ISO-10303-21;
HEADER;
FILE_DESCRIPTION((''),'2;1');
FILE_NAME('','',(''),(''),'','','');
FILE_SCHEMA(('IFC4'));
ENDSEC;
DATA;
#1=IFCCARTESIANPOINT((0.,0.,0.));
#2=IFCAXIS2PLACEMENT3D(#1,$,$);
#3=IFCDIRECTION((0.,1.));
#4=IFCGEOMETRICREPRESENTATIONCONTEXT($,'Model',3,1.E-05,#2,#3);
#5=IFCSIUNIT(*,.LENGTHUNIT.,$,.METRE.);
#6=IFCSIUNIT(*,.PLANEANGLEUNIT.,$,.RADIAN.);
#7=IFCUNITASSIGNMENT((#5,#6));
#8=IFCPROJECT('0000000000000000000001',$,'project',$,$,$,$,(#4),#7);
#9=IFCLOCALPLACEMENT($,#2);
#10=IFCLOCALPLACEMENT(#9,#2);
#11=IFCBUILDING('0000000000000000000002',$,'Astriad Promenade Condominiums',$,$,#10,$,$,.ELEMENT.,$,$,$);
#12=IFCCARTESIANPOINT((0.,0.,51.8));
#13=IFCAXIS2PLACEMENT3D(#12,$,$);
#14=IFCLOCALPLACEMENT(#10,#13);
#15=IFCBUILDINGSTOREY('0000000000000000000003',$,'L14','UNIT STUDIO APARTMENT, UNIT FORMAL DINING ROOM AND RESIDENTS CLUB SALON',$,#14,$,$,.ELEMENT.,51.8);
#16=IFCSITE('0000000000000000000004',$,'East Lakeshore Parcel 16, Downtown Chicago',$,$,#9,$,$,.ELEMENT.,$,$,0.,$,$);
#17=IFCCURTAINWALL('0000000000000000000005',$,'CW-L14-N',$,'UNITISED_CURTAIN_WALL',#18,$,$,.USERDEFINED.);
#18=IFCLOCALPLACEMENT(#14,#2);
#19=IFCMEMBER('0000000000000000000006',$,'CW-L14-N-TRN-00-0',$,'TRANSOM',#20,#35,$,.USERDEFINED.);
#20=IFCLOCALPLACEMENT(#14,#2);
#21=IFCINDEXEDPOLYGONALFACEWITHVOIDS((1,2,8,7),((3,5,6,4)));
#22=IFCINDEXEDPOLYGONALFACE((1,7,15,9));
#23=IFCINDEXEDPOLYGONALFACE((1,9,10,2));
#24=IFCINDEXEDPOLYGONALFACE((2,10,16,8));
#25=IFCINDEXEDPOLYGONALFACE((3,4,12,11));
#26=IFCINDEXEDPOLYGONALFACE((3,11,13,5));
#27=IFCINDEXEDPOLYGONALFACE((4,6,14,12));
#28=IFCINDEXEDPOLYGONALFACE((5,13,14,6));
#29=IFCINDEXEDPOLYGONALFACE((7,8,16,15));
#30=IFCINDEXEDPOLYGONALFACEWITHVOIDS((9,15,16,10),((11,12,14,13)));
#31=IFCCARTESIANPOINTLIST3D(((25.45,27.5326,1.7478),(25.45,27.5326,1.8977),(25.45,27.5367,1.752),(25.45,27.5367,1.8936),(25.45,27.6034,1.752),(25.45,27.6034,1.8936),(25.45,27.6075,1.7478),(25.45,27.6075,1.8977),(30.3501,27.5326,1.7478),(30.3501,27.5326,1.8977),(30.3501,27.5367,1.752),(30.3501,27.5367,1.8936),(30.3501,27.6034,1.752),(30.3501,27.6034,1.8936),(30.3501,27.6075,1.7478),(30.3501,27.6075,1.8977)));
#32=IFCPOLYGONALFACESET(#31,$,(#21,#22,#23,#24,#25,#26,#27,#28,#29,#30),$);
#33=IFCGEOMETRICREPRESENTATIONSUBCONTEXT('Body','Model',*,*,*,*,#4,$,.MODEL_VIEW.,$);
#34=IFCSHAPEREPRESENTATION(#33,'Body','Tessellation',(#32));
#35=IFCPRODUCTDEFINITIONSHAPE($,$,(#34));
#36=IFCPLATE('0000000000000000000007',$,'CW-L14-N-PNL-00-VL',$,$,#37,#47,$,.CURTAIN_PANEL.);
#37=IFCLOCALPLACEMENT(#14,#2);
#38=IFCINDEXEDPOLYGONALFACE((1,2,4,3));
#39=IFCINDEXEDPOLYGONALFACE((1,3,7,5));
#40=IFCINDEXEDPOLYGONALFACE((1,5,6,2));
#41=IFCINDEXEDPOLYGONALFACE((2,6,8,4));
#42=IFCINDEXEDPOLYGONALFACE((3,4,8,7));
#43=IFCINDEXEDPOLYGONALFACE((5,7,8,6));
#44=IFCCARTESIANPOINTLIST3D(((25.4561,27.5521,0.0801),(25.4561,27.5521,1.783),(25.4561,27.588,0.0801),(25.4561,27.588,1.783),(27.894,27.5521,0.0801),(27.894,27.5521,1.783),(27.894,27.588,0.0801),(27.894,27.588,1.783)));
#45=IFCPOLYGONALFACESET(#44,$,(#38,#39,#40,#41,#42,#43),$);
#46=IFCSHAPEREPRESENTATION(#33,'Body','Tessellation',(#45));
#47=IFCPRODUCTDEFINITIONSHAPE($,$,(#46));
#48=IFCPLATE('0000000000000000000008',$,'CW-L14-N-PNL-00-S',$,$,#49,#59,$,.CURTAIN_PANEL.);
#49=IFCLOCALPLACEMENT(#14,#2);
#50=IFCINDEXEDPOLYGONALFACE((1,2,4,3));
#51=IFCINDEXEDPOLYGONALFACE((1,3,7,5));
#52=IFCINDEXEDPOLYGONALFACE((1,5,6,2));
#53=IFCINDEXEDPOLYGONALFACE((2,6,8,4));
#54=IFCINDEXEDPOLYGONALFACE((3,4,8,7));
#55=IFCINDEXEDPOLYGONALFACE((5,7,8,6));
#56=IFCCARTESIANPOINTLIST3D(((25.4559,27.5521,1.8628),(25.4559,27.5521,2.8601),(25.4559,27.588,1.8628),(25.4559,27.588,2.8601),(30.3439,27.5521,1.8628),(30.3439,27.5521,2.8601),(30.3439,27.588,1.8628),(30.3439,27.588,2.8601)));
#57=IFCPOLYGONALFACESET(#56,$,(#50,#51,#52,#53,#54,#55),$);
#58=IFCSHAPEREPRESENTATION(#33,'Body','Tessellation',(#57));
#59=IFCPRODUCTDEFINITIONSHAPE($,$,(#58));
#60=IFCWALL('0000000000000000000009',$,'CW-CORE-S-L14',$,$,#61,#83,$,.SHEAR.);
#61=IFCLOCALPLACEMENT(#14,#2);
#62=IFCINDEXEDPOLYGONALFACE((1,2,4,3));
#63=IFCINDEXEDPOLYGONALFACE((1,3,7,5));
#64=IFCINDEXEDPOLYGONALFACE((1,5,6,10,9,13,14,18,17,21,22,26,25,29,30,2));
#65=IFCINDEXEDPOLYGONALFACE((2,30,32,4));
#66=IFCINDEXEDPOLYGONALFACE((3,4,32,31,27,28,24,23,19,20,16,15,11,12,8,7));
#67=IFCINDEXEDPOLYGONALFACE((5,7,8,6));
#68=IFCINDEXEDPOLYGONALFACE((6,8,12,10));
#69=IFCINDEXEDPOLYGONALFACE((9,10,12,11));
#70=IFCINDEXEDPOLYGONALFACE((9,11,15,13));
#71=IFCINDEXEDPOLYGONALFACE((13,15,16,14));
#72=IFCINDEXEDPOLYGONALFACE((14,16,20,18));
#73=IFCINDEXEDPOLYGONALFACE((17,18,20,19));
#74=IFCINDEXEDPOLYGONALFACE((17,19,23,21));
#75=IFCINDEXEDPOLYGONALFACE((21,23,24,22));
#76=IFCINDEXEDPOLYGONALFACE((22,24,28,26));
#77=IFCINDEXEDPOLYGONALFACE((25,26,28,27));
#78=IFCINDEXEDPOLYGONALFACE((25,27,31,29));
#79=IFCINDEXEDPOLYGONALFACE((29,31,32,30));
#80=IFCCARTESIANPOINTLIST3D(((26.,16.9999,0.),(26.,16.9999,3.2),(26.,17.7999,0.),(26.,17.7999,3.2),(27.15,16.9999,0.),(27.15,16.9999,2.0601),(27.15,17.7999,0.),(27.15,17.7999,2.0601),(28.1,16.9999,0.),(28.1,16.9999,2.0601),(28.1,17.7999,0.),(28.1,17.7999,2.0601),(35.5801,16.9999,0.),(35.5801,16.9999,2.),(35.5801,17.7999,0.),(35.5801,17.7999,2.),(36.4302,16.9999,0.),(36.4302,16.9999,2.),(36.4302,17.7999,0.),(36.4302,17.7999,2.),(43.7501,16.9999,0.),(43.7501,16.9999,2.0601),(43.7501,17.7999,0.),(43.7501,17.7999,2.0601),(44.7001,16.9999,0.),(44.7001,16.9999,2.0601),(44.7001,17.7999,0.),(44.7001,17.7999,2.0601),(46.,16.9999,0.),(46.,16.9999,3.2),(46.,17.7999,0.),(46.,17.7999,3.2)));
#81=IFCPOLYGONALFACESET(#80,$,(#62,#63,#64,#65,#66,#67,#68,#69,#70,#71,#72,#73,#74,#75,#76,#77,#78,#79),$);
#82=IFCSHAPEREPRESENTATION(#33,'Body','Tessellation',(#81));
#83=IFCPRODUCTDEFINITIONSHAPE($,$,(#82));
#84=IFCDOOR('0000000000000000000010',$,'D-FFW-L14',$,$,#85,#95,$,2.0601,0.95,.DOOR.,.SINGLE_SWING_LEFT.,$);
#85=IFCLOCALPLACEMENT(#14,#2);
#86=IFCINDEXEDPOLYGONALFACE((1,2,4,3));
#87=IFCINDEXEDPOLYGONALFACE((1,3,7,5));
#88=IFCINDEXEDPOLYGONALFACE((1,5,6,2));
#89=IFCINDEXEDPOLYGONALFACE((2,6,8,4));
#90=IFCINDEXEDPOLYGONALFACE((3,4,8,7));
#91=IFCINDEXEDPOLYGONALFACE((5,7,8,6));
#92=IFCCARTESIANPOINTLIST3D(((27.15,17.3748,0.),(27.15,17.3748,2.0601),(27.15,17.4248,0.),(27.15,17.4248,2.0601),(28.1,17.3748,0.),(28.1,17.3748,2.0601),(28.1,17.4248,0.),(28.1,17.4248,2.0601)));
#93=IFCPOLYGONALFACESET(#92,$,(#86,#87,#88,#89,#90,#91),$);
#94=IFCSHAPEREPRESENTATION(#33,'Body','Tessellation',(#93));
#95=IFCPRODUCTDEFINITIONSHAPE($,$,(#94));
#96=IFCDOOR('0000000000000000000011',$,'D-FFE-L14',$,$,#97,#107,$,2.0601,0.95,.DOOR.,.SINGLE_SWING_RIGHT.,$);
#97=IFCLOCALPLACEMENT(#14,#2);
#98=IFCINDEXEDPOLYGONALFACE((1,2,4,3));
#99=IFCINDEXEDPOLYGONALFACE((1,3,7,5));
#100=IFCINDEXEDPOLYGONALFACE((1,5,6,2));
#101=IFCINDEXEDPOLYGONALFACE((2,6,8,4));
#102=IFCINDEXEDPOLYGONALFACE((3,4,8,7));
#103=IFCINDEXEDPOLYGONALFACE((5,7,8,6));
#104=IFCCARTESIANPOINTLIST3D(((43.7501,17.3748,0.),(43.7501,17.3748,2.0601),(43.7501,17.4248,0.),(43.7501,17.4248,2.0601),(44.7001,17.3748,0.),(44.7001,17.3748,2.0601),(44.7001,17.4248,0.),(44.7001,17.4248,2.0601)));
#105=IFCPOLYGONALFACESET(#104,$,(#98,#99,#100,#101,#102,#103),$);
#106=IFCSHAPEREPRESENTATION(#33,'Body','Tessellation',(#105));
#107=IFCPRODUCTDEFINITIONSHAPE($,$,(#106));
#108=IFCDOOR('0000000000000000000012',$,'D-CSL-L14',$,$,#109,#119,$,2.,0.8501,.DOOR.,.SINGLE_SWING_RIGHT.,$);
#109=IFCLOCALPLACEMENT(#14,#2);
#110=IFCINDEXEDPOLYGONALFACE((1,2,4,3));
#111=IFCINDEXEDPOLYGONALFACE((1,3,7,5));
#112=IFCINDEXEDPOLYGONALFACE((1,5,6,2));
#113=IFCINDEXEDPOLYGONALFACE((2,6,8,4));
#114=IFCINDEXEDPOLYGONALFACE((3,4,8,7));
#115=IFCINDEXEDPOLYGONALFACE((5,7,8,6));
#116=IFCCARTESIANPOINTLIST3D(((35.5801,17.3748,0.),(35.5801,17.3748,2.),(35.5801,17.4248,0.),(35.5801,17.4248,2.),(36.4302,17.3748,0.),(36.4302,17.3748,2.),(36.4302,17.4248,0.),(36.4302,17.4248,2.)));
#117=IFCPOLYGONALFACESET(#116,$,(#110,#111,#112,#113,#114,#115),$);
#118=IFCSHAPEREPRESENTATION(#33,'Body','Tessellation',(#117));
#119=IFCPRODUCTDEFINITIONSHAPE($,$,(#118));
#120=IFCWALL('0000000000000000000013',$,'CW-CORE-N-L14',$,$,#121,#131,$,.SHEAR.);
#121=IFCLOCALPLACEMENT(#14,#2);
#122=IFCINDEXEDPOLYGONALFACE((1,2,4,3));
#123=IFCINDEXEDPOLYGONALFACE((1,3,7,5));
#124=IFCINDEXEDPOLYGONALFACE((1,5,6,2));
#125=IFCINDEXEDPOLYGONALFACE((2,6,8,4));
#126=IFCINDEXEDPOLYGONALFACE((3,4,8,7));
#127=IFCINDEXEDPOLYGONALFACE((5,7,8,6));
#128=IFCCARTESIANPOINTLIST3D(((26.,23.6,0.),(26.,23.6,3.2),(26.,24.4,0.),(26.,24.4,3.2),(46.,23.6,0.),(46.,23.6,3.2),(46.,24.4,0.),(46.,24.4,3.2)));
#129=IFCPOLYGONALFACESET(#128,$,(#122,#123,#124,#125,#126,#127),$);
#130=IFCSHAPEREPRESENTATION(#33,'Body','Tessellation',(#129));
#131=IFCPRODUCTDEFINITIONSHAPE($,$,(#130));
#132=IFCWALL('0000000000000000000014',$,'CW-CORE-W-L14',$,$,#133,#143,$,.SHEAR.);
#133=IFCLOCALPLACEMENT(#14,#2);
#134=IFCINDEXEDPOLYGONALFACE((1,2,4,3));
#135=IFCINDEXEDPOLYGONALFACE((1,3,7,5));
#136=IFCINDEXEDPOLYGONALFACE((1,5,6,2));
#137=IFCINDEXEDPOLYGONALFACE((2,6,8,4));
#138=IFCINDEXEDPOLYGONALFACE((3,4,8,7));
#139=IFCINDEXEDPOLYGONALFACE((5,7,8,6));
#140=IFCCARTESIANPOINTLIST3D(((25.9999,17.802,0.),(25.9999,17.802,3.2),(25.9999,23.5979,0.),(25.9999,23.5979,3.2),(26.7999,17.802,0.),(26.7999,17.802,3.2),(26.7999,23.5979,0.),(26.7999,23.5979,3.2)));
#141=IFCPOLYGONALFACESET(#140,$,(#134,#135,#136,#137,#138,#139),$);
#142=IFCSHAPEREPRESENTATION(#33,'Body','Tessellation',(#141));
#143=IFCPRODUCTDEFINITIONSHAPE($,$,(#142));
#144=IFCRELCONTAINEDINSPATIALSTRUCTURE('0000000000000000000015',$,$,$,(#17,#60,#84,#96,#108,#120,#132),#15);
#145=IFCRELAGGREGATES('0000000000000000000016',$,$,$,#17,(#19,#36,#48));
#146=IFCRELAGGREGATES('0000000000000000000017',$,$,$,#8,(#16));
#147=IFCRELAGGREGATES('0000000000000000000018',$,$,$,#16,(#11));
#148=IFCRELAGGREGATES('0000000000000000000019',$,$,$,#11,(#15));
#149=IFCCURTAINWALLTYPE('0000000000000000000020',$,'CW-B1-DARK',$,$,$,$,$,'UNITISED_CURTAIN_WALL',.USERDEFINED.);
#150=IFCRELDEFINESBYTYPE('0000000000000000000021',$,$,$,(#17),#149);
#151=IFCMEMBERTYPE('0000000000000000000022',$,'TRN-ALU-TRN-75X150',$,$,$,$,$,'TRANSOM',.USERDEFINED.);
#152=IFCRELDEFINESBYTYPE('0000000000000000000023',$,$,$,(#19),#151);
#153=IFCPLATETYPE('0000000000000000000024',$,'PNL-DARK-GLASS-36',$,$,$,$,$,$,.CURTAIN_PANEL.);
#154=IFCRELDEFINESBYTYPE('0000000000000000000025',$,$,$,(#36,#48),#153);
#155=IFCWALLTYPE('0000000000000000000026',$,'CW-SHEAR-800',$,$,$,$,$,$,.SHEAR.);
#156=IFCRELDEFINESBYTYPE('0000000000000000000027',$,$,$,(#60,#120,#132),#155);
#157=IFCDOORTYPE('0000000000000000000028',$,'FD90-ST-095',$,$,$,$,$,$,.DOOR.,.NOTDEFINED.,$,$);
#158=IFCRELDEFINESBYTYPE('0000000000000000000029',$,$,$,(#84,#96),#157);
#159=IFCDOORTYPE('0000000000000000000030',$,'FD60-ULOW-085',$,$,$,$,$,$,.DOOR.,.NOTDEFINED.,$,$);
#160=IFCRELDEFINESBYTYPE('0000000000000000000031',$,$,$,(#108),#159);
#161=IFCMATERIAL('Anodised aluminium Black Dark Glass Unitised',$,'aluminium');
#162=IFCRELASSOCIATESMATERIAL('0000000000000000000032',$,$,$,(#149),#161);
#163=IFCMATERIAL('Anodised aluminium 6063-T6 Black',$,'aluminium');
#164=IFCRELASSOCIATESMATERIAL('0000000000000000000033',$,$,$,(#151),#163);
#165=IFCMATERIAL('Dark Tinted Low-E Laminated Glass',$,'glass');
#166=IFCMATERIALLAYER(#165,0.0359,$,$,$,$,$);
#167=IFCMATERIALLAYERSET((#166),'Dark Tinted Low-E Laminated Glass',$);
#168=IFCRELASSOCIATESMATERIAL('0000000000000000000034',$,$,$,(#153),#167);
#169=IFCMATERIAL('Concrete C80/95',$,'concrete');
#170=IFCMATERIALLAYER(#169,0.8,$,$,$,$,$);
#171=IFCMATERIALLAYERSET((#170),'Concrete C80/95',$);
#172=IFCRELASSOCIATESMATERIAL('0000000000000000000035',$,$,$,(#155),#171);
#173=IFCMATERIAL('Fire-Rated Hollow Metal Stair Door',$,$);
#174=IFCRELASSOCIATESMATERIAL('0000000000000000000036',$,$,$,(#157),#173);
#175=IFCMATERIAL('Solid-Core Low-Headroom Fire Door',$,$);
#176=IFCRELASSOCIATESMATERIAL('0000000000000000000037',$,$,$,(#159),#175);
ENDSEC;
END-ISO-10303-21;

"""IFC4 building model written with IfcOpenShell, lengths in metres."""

from ifc_helpers import new_model, si_unit, direction, frame, frame_2d, origin, origin_2d, place, context, subcontext, project, spatial, rectangle, hollow_rectangle, extrude, source, transform, mapped, material, layer, layer_set, material_profile, profile_set, type_object, type_shapes, element, fill, aggregate, save


model = new_model("IFC4")

# Units and contexts
model_context = context("Model", 3, precision=1e-05, world=origin(), true_north=direction((0.0, 1.0)))
body_context = subcontext(model_context, "Body", "Model", "MODEL_VIEW")
ifc_project = project(units=[si_unit("LENGTHUNIT", "METRE"), si_unit("PLANEANGLEUNIT", "RADIAN")], contexts=[model_context])

# Site, building, storey
site_placement = place(None, origin())
site = spatial("IfcSite", under=ifc_project, at=site_placement, Name="East Lakeshore Parcel 16, Downtown Chicago", CompositionType="ELEMENT", RefElevation=0.0)
building_placement = place(site_placement, origin())
building = spatial("IfcBuilding", under=site, at=building_placement, Name="Astriad Promenade Condominiums", CompositionType="ELEMENT")
storey_placement = place(building_placement, frame((0.0, 0.0, 51.8)))
storey = spatial("IfcBuildingStorey", under=building, at=storey_placement, Name="L14", Description="UNIT STUDIO APARTMENT, UNIT FORMAL DINING ROOM AND RESIDENTS CLUB SALON", CompositionType="ELEMENT", Elevation=51.8)

# Shared definitions
ifc_material_1 = material(Name="Concrete C80/95", Category="concrete")

# Curtain wall, member, plates
ifc_material_2 = material(Name="Anodised aluminium Black Dark Glass Unitised", Category="aluminium")
curtain_wall_type = type_object("IfcCurtainWallType", Name="CW-B1-DARK", ElementType="UNITISED_CURTAIN_WALL", PredefinedType="USERDEFINED", material=ifc_material_2)
curtain_wall_placement = place(storey_placement, origin())
curtain_wall = element("IfcCurtainWall", 1, at=curtain_wall_placement, inside=storey, type_object=curtain_wall_type, Name="CW-L14-N", ObjectType="UNITISED_CURTAIN_WALL", PredefinedType="USERDEFINED")
ifc_material_3 = material(Name="Anodised aluminium 6063-T6 Black", Category="aluminium")
ifc_material_profile_1 = material_profile(ifc_material_3, hollow_rectangle(XDim=0.075, YDim=0.1499, WallThickness=0.0042, at=origin_2d()), Name="ALU-TRN-75X150")
ifc_profile_set_1 = profile_set([ifc_material_profile_1], Name="Anodised aluminium 6063-T6 Black")
member_type_1 = type_object("IfcMemberType", Name="TRN-ALU-TRN-75X150", ElementType="TRANSOM", PredefinedType="USERDEFINED", material=ifc_profile_set_1)
shared_shape_1 = source(origin(), body_context, "Body", "SweptSolid", [
    extrude(hollow_rectangle(XDim=0.075, YDim=0.1499, WallThickness=0.0042, at=origin_2d()), origin(), (0.0, 0.0, 1.0), 4.9001),
])
type_shapes(member_type_1, [shared_shape_1])
member_1_placement = place(storey_placement, frame((25.45, 27.5701, 1.8228), z_axis=(1.0, 0.0, 0.0), x_axis=(0.0, 1.0, 0.0)))
member_1 = element("IfcMember", 2, at=member_1_placement, type_object=member_type_1, Name="CW-L14-N-TRN-00-0", ObjectType="TRANSOM", PredefinedType="USERDEFINED", context=body_context, shape_type="MappedRepresentation", body=[
    mapped(shared_shape_1, transform((0.0, 0.0, 0.0), scale=1.0)),
])
ifc_material_4 = material(Name="Dark Tinted Low-E Laminated Glass", Category="glass")
ifc_layer_1 = layer(ifc_material_4, 0.0359)
ifc_layer_set_1 = layer_set([ifc_layer_1], Name="Dark Tinted Low-E Laminated Glass")
plate_type = type_object("IfcPlateType", Name="PNL-DARK-GLASS-36", PredefinedType="CURTAIN_PANEL", material=ifc_layer_set_1)
shared_shape_2 = source(origin(), body_context, "Body", "SweptSolid", [
    extrude(rectangle(XDim=2.438, YDim=0.0359, at=origin_2d()), origin(), (0.0, 0.0, 1.0), 1.7029),
])
plate_1_placement = place(storey_placement, frame((26.675, 27.5701, 0.0801), z_axis=(0.0, 0.0, 1.0), x_axis=(1.0, 0.0, 0.0)))
plate_1 = element("IfcPlate", 3, at=plate_1_placement, type_object=plate_type, Name="CW-L14-N-PNL-00-VL", PredefinedType="CURTAIN_PANEL", context=body_context, shape_type="MappedRepresentation", body=[
    mapped(shared_shape_2, transform((0.0, 0.0, 0.0), scale=1.0)),
])
shared_shape_3 = source(origin(), body_context, "Body", "SweptSolid", [
    extrude(rectangle(XDim=4.8879, YDim=0.0359, at=origin_2d()), origin(), (0.0, 0.0, 1.0), 0.9973),
])
type_shapes(plate_type, [shared_shape_2, shared_shape_3])
plate_2_placement = place(storey_placement, frame((27.8999, 27.5701, 1.8628), z_axis=(0.0, 0.0, 1.0), x_axis=(1.0, 0.0, 0.0)))
plate_2 = element("IfcPlate", 4, at=plate_2_placement, type_object=plate_type, Name="CW-L14-N-PNL-00-S", PredefinedType="CURTAIN_PANEL", context=body_context, shape_type="MappedRepresentation", body=[
    mapped(shared_shape_3, transform((0.0, 0.0, 0.0), scale=1.0)),
])
aggregate(curtain_wall, [member_1, plate_1, plate_2])

# Wall, openings, doors
ifc_layer_2 = layer(ifc_material_1, 0.8)
ifc_layer_set_2 = layer_set([ifc_layer_2], Name="Concrete C80/95")
wall_type_1 = type_object("IfcWallType", Name="CW-SHEAR-800", PredefinedType="SHEAR", material=ifc_layer_set_2)
wall_1_placement = place(storey_placement, frame((26.0, 17.3999, 0.0), z_axis=(0.0, 0.0, 1.0), x_axis=(1.0, 0.0, 0.0)))
wall_1 = element("IfcWall", 5, at=wall_1_placement, inside=storey, type_object=wall_type_1, Name="CW-CORE-S-L14", PredefinedType="SHEAR", context=body_context, shape_type="SweptSolid", body=[
    extrude(rectangle(XDim=20.0, YDim=0.8, at=frame_2d((10.0, 0.0))), origin(), (0.0, 0.0, 1.0), 3.2),
])
opening_1_placement = place(wall_1_placement, frame((1.1499, 0.0, 0.0)))
opening_1 = element("IfcOpeningElement", 6, at=opening_1_placement, cuts=wall_1, PredefinedType="OPENING", context=body_context, shape_type="SweptSolid", body=[
    extrude(rectangle(XDim=0.95, YDim=2.0601, at=frame_2d((0.4751, 1.03))), frame((0.0, 0.4099, 0.0), z_axis=(0.0, -1.0, 0.0), x_axis=(1.0, 0.0, 0.0)), (0.0, 0.0, 1.0), 0.8201),
])
opening_2_placement = place(wall_1_placement, frame((9.5801, 0.0, 0.0)))
opening_2 = element("IfcOpeningElement", 7, at=opening_2_placement, cuts=wall_1, PredefinedType="OPENING", context=body_context, shape_type="SweptSolid", body=[
    extrude(rectangle(XDim=0.8501, YDim=2.0, at=frame_2d((0.425, 1.0))), frame((0.0, 0.4099, 0.0), z_axis=(0.0, -1.0, 0.0), x_axis=(1.0, 0.0, 0.0)), (0.0, 0.0, 1.0), 0.8201),
])
opening_3_placement = place(wall_1_placement, frame((17.75, 0.0, 0.0)))
opening_3 = element("IfcOpeningElement", 8, at=opening_3_placement, cuts=wall_1, PredefinedType="OPENING", context=body_context, shape_type="SweptSolid", body=[
    extrude(rectangle(XDim=0.95, YDim=2.0601, at=frame_2d((0.4751, 1.03))), frame((0.0, 0.4099, 0.0), z_axis=(0.0, -1.0, 0.0), x_axis=(1.0, 0.0, 0.0)), (0.0, 0.0, 1.0), 0.8201),
])
ifc_material_5 = material(Name="Fire-Rated Hollow Metal Stair Door")
door_type_1 = type_object("IfcDoorType", Name="FD90-ST-095", OperationType="NOTDEFINED", PredefinedType="DOOR", material=ifc_material_5)
shared_shape_4 = source(origin(), body_context, "Body", "SweptSolid", [
    extrude(rectangle(XDim=0.95, YDim=2.0601, at=frame_2d((0.4751, 1.03))), frame((0.0, 0.0249, 0.0), z_axis=(0.0, -1.0, 0.0), x_axis=(1.0, 0.0, 0.0)), (0.0, 0.0, 1.0), 0.05),
])
type_shapes(door_type_1, [shared_shape_4])
door_1_placement = place(opening_1_placement, origin())
door_1 = element("IfcDoor", 9, at=door_1_placement, inside=storey, type_object=door_type_1, Name="D-FFW-L14", OperationType="SINGLE_SWING_LEFT", OverallHeight=2.0601, OverallWidth=0.95, PredefinedType="DOOR", context=body_context, shape_type="MappedRepresentation", body=[
    mapped(shared_shape_4, transform((0.0, 0.0, 0.0), scale=1.0)),
])
fill(opening_1, door_1)
door_2_placement = place(opening_3_placement, origin())
door_2 = element("IfcDoor", 10, at=door_2_placement, inside=storey, type_object=door_type_1, Name="D-FFE-L14", OperationType="SINGLE_SWING_RIGHT", OverallHeight=2.0601, OverallWidth=0.95, PredefinedType="DOOR", context=body_context, shape_type="MappedRepresentation", body=[
    mapped(shared_shape_4, transform((0.0, 0.0, 0.0), scale=1.0)),
])
fill(opening_3, door_2)
ifc_material_6 = material(Name="Solid-Core Low-Headroom Fire Door")
door_type_2 = type_object("IfcDoorType", Name="FD60-ULOW-085", OperationType="NOTDEFINED", PredefinedType="DOOR", material=ifc_material_6)
shared_shape_5 = source(origin(), body_context, "Body", "SweptSolid", [
    extrude(rectangle(XDim=0.8501, YDim=2.0, at=frame_2d((0.425, 1.0))), frame((0.0, 0.0249, 0.0), z_axis=(0.0, -1.0, 0.0), x_axis=(1.0, 0.0, 0.0)), (0.0, 0.0, 1.0), 0.05),
])
type_shapes(door_type_2, [shared_shape_5])
door_3_placement = place(opening_2_placement, origin())
door_3 = element("IfcDoor", 11, at=door_3_placement, inside=storey, type_object=door_type_2, Name="D-CSL-L14", OperationType="SINGLE_SWING_RIGHT", OverallHeight=2.0, OverallWidth=0.8501, PredefinedType="DOOR", context=body_context, shape_type="MappedRepresentation", body=[
    mapped(shared_shape_5, transform((0.0, 0.0, 0.0), scale=1.0)),
])
fill(opening_2, door_3)

# Walls
wall_2_placement = place(storey_placement, frame((26.0, 24.0, 0.0), z_axis=(0.0, 0.0, 1.0), x_axis=(1.0, 0.0, 0.0)))
element("IfcWall", 12, at=wall_2_placement, inside=storey, type_object=wall_type_1, Name="CW-CORE-N-L14", PredefinedType="SHEAR", context=body_context, shape_type="SweptSolid", body=[
    extrude(rectangle(XDim=20.0, YDim=0.8, at=frame_2d((10.0, 0.0))), origin(), (0.0, 0.0, 1.0), 3.2),
])
wall_3_placement = place(storey_placement, frame((26.3999, 17.802, 0.0), z_axis=(0.0, 0.0, 1.0), x_axis=(0.0, 1.0, 0.0)))
element("IfcWall", 13, at=wall_3_placement, inside=storey, type_object=wall_type_1, Name="CW-CORE-W-L14", PredefinedType="SHEAR", context=body_context, shape_type="SweptSolid", body=[
    extrude(rectangle(XDim=5.7959, YDim=0.8, at=frame_2d((2.8979, 0.0))), origin(), (0.0, 0.0, 1.0), 3.2),
])

save(model, "model.ifc")
